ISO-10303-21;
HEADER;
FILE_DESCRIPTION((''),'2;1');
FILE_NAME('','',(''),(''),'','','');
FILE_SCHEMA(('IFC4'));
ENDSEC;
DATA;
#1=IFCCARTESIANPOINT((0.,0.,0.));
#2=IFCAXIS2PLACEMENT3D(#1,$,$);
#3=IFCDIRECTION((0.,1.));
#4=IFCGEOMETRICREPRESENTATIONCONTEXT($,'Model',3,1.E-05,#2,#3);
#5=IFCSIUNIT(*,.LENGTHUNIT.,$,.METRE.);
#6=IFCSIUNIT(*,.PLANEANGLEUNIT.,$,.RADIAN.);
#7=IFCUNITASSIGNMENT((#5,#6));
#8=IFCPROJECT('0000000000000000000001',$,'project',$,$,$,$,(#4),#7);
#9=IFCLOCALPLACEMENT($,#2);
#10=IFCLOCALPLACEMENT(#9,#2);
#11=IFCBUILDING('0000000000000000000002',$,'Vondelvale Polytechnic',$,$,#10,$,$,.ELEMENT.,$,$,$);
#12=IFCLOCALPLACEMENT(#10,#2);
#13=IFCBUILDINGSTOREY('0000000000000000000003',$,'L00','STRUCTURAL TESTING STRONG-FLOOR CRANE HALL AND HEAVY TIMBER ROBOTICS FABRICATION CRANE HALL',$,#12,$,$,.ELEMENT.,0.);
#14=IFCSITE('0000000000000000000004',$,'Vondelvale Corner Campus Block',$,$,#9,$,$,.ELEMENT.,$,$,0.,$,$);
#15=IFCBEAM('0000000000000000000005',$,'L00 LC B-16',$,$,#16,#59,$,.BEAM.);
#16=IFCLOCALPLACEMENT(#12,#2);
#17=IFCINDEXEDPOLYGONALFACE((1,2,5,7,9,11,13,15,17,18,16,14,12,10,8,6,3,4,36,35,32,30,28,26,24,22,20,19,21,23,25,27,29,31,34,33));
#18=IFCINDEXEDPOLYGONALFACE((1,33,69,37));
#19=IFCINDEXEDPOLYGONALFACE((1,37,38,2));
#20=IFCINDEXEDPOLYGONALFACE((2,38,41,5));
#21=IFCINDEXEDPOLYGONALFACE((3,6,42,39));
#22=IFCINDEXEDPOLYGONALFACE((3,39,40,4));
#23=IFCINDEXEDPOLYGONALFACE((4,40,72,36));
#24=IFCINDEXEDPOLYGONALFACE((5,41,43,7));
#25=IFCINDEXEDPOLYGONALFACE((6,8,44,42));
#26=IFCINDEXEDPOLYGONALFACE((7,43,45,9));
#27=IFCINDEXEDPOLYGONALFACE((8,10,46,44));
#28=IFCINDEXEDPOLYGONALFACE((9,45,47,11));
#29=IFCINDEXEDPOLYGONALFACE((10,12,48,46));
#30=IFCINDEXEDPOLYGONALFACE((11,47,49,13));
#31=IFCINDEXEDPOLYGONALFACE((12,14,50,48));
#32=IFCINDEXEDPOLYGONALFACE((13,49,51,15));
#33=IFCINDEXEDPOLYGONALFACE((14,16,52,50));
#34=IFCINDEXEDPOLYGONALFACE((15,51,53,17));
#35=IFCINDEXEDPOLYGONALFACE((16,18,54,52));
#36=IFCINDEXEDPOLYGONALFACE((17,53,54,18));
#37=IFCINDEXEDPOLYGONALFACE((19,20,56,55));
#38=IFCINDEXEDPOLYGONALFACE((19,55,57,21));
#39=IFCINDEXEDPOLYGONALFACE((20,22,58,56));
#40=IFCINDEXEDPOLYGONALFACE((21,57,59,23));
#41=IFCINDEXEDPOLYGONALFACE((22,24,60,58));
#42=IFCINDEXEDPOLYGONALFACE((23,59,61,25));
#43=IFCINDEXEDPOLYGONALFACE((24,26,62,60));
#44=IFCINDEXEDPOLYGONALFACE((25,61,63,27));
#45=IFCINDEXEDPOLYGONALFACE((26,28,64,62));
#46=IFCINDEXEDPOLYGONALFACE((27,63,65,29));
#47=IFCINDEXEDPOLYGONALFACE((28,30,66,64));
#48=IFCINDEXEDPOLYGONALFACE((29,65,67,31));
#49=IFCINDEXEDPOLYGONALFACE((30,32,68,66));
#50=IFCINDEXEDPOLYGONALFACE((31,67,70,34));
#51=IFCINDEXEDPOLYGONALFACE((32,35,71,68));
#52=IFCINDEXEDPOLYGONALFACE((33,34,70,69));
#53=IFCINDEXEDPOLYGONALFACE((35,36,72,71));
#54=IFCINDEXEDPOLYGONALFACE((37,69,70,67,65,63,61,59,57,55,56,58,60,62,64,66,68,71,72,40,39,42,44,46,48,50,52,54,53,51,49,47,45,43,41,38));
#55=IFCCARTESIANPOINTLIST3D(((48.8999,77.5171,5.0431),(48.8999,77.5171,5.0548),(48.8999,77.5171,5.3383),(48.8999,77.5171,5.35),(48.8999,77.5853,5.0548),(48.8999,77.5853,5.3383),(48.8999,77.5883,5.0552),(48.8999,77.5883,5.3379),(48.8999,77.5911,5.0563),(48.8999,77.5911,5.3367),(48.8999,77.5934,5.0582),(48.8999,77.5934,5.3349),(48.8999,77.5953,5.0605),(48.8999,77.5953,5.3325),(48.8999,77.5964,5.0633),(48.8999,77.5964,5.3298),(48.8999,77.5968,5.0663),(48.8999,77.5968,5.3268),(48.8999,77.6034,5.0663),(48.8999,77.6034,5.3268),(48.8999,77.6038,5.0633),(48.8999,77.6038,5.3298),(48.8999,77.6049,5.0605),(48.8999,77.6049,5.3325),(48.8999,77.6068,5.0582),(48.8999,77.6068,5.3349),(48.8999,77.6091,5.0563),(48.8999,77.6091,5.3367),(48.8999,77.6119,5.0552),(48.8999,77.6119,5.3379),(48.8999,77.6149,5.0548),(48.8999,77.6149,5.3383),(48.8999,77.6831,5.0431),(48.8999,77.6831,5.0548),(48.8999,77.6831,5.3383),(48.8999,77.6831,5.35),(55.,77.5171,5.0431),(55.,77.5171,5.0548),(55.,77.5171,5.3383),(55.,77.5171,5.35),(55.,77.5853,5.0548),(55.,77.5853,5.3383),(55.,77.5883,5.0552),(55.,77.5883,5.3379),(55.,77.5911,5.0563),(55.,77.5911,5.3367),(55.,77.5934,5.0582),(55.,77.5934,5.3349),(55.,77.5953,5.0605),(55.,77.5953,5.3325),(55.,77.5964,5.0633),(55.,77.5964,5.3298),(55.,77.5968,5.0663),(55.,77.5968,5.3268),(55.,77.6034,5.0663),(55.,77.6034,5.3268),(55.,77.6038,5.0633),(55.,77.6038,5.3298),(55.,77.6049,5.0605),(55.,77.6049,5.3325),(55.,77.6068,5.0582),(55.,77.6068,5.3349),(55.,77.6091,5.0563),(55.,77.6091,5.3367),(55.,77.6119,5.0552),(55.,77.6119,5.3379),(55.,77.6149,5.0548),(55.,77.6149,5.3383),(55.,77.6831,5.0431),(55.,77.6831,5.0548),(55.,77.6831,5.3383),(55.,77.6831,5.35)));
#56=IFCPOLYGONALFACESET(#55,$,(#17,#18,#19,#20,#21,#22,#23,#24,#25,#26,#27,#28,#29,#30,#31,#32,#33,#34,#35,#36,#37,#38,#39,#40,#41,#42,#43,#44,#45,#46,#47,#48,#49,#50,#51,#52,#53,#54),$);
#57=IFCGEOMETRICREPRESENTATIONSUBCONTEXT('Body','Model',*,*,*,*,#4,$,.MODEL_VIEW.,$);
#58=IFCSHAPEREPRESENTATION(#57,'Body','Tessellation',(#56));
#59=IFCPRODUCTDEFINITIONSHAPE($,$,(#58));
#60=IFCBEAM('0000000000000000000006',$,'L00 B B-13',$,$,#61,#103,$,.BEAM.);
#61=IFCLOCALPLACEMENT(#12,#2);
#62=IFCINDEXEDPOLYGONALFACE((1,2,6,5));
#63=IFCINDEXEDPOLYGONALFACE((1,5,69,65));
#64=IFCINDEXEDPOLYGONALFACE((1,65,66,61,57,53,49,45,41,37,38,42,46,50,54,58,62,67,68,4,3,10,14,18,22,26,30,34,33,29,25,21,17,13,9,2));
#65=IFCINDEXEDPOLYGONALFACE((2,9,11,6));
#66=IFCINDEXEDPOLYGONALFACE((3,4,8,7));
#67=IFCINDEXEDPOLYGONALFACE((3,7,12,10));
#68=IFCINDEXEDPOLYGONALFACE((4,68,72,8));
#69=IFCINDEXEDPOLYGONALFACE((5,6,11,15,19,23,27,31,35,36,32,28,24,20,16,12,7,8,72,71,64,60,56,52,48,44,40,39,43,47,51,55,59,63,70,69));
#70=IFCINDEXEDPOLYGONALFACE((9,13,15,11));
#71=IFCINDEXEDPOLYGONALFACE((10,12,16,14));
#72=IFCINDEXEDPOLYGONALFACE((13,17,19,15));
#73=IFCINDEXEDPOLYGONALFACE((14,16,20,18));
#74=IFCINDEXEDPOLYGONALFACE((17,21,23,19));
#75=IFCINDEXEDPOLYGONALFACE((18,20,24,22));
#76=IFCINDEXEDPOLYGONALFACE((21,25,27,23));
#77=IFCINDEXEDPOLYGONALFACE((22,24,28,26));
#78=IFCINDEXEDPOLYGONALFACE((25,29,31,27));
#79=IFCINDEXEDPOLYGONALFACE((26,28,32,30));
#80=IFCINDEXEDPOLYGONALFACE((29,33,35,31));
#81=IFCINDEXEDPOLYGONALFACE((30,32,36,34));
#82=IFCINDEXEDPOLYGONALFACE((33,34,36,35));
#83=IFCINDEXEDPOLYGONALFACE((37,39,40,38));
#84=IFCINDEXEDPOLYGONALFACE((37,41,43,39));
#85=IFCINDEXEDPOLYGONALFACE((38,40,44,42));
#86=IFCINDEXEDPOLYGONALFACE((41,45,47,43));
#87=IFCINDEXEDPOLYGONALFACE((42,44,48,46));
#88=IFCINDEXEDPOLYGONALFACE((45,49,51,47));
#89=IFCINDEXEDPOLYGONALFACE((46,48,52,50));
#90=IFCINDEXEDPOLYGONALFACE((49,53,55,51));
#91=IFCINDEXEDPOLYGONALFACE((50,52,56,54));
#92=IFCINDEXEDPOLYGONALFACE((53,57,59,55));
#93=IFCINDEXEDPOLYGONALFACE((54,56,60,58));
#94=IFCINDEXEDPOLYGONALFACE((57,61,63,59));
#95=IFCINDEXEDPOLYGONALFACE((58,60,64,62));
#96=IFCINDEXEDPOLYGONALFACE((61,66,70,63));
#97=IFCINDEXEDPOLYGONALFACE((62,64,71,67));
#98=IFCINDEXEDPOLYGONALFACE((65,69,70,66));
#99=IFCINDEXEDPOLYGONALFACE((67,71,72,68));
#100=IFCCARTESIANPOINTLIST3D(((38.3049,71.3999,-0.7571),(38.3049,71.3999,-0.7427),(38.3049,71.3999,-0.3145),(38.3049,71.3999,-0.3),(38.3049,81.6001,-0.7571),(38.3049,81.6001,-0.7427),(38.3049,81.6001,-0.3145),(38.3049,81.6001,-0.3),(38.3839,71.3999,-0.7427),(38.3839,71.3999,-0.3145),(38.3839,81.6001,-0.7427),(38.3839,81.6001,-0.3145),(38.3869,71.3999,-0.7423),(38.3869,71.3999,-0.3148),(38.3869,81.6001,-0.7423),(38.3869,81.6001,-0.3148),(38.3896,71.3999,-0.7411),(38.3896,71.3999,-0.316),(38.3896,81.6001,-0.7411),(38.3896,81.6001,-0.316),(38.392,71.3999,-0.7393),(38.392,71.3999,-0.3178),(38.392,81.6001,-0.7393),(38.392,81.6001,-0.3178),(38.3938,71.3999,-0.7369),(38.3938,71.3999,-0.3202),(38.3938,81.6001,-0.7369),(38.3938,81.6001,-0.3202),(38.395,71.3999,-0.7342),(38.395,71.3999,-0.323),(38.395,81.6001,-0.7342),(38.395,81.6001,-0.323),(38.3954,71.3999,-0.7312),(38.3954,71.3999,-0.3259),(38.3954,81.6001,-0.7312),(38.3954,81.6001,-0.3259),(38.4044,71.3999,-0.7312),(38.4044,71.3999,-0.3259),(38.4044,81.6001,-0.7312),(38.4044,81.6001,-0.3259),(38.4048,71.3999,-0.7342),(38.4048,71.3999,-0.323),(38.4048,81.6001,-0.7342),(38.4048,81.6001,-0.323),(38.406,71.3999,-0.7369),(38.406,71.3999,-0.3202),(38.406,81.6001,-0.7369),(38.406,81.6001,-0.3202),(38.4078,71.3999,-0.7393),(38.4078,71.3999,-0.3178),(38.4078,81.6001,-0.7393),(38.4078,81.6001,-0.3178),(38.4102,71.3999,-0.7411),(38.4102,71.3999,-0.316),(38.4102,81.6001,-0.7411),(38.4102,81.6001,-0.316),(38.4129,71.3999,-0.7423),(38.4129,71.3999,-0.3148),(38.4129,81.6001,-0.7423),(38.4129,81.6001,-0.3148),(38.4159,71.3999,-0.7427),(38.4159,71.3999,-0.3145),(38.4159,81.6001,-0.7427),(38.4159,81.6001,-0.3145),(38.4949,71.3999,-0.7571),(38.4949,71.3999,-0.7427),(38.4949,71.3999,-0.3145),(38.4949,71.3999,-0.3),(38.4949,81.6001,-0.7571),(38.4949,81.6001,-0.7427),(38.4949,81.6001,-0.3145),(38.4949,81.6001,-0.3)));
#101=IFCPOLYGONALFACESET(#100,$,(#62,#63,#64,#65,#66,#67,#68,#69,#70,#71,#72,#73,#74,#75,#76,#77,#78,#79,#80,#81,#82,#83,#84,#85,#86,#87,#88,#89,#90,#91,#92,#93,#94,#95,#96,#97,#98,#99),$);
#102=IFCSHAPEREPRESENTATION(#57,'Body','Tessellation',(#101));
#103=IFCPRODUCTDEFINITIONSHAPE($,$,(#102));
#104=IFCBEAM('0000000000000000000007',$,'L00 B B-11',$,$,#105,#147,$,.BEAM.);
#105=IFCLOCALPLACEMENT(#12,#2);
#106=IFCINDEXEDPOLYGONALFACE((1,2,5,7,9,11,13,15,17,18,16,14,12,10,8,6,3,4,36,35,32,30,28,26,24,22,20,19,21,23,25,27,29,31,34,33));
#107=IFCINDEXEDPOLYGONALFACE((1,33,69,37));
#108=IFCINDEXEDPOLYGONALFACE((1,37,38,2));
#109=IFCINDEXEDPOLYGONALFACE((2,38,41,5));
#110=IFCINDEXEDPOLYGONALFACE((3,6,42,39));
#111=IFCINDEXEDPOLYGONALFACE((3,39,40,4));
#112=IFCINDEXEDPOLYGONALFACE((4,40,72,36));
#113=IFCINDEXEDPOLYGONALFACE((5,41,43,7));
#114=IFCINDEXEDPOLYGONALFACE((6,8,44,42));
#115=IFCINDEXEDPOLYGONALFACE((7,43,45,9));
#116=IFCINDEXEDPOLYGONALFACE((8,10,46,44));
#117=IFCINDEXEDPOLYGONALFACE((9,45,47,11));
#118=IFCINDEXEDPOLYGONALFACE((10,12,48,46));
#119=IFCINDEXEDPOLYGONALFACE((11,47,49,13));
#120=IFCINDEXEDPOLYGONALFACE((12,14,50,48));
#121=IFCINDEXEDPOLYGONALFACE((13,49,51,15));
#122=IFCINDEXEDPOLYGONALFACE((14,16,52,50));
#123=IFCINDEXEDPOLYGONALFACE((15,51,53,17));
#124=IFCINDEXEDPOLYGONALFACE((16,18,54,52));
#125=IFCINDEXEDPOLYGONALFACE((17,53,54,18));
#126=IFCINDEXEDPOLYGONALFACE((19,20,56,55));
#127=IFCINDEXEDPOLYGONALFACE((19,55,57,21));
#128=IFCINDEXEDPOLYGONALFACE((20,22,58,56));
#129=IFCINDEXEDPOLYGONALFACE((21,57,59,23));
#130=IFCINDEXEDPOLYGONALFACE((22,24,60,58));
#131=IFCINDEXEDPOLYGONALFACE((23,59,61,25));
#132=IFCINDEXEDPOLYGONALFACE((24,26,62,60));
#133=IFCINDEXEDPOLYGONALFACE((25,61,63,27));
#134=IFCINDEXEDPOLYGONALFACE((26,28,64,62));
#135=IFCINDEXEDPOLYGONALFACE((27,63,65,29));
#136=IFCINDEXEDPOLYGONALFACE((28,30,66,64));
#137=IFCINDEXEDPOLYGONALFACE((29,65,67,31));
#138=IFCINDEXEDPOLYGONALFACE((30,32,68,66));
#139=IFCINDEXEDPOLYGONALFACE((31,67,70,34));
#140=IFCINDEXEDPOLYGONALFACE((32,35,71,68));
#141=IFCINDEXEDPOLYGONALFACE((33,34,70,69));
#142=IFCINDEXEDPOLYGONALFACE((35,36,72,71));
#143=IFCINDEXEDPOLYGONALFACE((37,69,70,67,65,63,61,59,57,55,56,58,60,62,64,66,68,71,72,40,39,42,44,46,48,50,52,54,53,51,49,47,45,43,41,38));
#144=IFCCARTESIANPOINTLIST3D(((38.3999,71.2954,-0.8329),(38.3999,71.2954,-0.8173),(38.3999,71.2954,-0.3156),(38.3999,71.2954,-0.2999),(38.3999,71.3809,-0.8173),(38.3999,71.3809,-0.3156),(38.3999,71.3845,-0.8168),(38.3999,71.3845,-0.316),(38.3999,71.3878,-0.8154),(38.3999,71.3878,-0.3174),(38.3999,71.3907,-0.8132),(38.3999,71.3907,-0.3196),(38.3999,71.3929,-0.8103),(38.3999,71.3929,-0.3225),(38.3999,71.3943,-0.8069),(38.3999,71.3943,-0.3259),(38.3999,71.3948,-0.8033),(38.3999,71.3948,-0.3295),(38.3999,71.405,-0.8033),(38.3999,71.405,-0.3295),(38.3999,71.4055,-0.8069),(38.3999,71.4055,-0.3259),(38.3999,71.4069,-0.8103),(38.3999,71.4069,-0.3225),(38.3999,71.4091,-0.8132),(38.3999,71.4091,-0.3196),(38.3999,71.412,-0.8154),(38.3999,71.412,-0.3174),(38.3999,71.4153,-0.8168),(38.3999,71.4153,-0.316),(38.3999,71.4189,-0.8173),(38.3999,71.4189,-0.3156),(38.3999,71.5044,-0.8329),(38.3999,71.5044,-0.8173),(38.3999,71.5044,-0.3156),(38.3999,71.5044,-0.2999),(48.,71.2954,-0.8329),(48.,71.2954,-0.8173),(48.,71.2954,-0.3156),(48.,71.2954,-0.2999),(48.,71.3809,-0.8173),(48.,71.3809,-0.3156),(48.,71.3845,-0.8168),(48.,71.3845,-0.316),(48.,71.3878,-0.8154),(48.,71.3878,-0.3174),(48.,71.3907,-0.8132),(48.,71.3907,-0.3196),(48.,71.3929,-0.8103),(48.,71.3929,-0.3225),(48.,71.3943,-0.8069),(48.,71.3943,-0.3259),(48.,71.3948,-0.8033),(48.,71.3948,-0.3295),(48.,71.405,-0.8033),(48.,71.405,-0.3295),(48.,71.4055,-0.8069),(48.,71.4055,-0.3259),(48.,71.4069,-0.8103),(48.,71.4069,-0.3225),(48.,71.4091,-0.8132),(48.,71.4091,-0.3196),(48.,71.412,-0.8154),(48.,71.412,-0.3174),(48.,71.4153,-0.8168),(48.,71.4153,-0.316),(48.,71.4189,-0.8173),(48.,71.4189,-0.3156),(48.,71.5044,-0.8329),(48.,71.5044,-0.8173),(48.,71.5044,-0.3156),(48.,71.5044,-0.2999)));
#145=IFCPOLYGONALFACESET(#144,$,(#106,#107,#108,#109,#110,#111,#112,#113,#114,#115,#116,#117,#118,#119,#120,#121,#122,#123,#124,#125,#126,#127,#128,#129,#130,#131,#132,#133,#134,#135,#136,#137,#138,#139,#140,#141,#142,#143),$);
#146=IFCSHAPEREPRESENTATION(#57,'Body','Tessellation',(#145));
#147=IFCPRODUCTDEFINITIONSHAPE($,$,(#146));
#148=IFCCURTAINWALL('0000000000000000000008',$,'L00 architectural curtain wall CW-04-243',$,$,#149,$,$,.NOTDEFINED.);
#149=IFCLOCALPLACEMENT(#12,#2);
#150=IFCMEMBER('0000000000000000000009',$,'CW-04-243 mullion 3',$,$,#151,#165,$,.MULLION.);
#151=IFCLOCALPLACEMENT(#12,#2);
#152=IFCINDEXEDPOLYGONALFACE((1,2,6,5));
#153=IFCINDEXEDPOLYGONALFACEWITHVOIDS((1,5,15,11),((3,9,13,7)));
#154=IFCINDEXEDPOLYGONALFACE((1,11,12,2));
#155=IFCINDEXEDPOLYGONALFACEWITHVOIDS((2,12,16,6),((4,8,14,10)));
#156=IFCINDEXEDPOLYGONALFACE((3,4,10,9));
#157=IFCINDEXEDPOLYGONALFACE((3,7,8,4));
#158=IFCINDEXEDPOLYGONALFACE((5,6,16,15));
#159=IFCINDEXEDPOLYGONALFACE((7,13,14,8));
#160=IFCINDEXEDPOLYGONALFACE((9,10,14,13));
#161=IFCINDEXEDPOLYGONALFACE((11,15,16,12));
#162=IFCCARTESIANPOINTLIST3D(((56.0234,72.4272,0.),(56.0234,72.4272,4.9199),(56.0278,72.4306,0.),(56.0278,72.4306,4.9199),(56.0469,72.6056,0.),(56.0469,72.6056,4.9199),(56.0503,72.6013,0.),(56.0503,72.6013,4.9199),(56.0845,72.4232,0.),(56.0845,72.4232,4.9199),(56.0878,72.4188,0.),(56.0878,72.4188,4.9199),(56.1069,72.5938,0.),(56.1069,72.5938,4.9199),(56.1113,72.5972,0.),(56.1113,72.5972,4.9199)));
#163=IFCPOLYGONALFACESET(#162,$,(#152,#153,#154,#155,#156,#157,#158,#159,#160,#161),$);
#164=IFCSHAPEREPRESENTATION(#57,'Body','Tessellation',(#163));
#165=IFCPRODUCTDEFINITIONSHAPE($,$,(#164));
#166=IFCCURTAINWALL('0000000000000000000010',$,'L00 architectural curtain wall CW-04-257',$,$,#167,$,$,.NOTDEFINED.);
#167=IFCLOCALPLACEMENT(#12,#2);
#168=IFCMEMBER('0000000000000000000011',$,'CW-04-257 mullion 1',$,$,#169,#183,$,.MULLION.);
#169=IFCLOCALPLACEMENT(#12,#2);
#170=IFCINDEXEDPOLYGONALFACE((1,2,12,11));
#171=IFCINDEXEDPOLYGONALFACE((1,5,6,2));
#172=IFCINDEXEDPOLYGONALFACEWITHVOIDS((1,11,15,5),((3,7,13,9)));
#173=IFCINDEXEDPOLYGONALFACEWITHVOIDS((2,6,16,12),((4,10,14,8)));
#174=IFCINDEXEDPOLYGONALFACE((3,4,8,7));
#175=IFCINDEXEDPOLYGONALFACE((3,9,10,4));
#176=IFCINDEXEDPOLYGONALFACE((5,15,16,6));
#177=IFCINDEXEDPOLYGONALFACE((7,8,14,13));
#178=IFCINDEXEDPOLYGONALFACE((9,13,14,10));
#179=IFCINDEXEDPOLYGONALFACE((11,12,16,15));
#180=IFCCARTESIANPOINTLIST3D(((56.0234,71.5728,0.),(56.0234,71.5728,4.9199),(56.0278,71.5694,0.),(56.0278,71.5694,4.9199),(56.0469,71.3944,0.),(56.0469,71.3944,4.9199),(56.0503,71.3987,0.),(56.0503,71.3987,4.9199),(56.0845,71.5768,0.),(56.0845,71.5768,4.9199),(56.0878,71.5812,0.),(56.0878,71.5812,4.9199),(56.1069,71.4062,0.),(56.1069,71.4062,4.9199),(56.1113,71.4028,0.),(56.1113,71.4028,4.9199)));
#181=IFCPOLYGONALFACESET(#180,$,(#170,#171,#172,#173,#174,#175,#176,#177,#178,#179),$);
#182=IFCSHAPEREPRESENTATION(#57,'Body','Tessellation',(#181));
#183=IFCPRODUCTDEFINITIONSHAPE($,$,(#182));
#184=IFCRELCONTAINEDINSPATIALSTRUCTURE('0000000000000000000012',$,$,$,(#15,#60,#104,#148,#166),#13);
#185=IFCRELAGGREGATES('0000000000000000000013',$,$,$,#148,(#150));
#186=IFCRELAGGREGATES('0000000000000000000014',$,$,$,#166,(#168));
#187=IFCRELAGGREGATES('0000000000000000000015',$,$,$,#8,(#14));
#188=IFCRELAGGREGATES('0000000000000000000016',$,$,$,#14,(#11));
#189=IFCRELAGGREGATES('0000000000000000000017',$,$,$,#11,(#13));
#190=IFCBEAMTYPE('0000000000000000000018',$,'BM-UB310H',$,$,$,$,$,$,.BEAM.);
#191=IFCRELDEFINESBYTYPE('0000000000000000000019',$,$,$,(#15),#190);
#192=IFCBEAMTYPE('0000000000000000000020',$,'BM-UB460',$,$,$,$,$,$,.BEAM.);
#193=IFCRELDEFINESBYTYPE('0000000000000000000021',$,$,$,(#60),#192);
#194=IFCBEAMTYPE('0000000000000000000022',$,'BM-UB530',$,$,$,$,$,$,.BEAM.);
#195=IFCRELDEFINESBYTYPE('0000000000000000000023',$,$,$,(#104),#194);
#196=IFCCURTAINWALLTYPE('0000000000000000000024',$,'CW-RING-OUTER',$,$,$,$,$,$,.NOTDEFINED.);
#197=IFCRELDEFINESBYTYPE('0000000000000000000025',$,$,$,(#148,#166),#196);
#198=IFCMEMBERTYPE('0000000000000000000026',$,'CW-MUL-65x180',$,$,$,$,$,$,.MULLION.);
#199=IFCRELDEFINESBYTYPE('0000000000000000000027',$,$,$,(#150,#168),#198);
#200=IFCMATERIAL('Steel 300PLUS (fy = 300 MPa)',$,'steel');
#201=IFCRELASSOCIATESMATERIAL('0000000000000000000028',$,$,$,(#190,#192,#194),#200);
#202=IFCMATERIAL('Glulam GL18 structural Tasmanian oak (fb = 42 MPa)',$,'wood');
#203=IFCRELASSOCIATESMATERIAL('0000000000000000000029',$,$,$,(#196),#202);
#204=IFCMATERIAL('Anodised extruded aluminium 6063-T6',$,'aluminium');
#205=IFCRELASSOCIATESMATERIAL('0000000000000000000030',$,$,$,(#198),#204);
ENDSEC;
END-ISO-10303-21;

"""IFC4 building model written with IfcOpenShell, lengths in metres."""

from ifc_helpers import new_model, si_unit, direction, frame, origin, origin_2d, place, context, subcontext, project, spatial, hollow_rectangle, i_section, extrude, material, material_profile, profile_set, type_object, element, aggregate, save


model = new_model("IFC4")

# Units and contexts
model_context = context("Model", 3, precision=1e-05, world=origin(), true_north=direction((0.0, 1.0)))
body_context = subcontext(model_context, "Body", "Model", "MODEL_VIEW")
ifc_project = project(units=[si_unit("LENGTHUNIT", "METRE"), si_unit("PLANEANGLEUNIT", "RADIAN")], contexts=[model_context])

# Site, building, storey
site_placement = place(None, origin())
site = spatial("IfcSite", under=ifc_project, at=site_placement, Name="Vondelvale Corner Campus Block", CompositionType="ELEMENT", RefElevation=0.0)
building_placement = place(site_placement, origin())
building = spatial("IfcBuilding", under=site, at=building_placement, Name="Vondelvale Polytechnic", CompositionType="ELEMENT")
storey_placement = place(building_placement, origin())
storey = spatial("IfcBuildingStorey", under=building, at=storey_placement, Name="L00", Description="STRUCTURAL TESTING STRONG-FLOOR CRANE HALL AND HEAVY TIMBER ROBOTICS FABRICATION CRANE HALL", CompositionType="ELEMENT", Elevation=0.0)

# Shared definitions
ifc_material_1 = material(Name="Steel 300PLUS (fy = 300 MPa)", Category="steel")

# Beams
ifc_material_profile_1 = material_profile(ifc_material_1, i_section(OverallWidth=0.166, OverallDepth=0.3069, WebThickness=0.0066, FlangeThickness=0.0117, FilletRadius=0.0115, at=origin_2d()), Name="310UB46.2")
ifc_profile_set_1 = profile_set([ifc_material_profile_1], Name="Steel 300PLUS (fy = 300 MPa)")
beam_type_1 = type_object("IfcBeamType", Name="BM-UB310H", PredefinedType="BEAM", material=ifc_profile_set_1)
beam_1_placement = place(storey_placement, frame((48.8999, 77.6001, 5.1965), z_axis=(1.0, 0.0, 0.0), x_axis=(0.0, 1.0, 0.0)))
element("IfcBeam", 1, at=beam_1_placement, inside=storey, type_object=beam_type_1, Name="L00 LC B-16", PredefinedType="BEAM", context=body_context, shape_type="SweptSolid", body=[
    extrude(i_section(OverallWidth=0.166, OverallDepth=0.3069, WebThickness=0.0066, FlangeThickness=0.0117, FilletRadius=0.0115, at=origin_2d()), origin(), (0.0, 0.0, 1.0), 6.1001),
])
ifc_material_profile_2 = material_profile(ifc_material_1, i_section(OverallWidth=0.1899, OverallDepth=0.457, WebThickness=0.009, FlangeThickness=0.0144, FilletRadius=0.0115, at=origin_2d()), Name="460UB74.6")
ifc_profile_set_2 = profile_set([ifc_material_profile_2], Name="Steel 300PLUS (fy = 300 MPa)")
beam_type_2 = type_object("IfcBeamType", Name="BM-UB460", PredefinedType="BEAM", material=ifc_profile_set_2)
beam_2_placement = place(storey_placement, frame((38.3999, 71.3999, -0.5286), z_axis=(0.0, 1.0, 0.0), x_axis=(-1.0, 0.0, 0.0)))
element("IfcBeam", 2, at=beam_2_placement, inside=storey, type_object=beam_type_2, Name="L00 B B-13", PredefinedType="BEAM", context=body_context, shape_type="SweptSolid", body=[
    extrude(i_section(OverallWidth=0.1899, OverallDepth=0.457, WebThickness=0.009, FlangeThickness=0.0144, FilletRadius=0.0115, at=origin_2d()), origin(), (0.0, 0.0, 1.0), 10.2002),
])
ifc_material_profile_3 = material_profile(ifc_material_1, i_section(OverallWidth=0.209, OverallDepth=0.533, WebThickness=0.0103, FlangeThickness=0.0156, FilletRadius=0.0139, at=origin_2d()), Name="530UB92.4")
ifc_profile_set_3 = profile_set([ifc_material_profile_3], Name="Steel 300PLUS (fy = 300 MPa)")
beam_type_3 = type_object("IfcBeamType", Name="BM-UB530", PredefinedType="BEAM", material=ifc_profile_set_3)
beam_3_placement = place(storey_placement, frame((38.3999, 71.3999, -0.5664), z_axis=(1.0, 0.0, 0.0), x_axis=(0.0, 1.0, 0.0)))
element("IfcBeam", 3, at=beam_3_placement, inside=storey, type_object=beam_type_3, Name="L00 B B-11", PredefinedType="BEAM", context=body_context, shape_type="SweptSolid", body=[
    extrude(i_section(OverallWidth=0.209, OverallDepth=0.533, WebThickness=0.0103, FlangeThickness=0.0156, FilletRadius=0.0139, at=origin_2d()), origin(), (0.0, 0.0, 1.0), 9.6001),
])

# Curtain wall, member
ifc_material_2 = material(Name="Glulam GL18 structural Tasmanian oak (fb = 42 MPa)", Category="wood")
curtain_wall_type = type_object("IfcCurtainWallType", Name="CW-RING-OUTER", PredefinedType="NOTDEFINED", material=ifc_material_2)
curtain_wall_1_placement = place(storey_placement, origin())
curtain_wall_1 = element("IfcCurtainWall", 4, at=curtain_wall_1_placement, inside=storey, type_object=curtain_wall_type, Name="L00 architectural curtain wall CW-04-243", PredefinedType="NOTDEFINED")
ifc_material_3 = material(Name="Anodised extruded aluminium 6063-T6", Category="aluminium")
ifc_material_profile_4 = material_profile(ifc_material_3, hollow_rectangle(XDim=0.0649, YDim=0.1799, WallThickness=0.0039, at=origin_2d()), Name="CW-MUL-180x65")
ifc_profile_set_4 = profile_set([ifc_material_profile_4], Name="Anodised extruded aluminium 6063-T6")
member_type_1 = type_object("IfcMemberType", Name="CW-MUL-65x180", PredefinedType="MULLION", material=ifc_profile_set_4)
member_1_placement = place(storey_placement, frame((56.0674, 72.5122, 0.0), z_axis=(0.0, 0.0, 1.0), x_axis=(0.991445, -0.130524, 0.0)))
member_1 = element("IfcMember", 5, at=member_1_placement, type_object=member_type_1, Name="CW-04-243 mullion 3", PredefinedType="MULLION", context=body_context, shape_type="SweptSolid", body=[
    extrude(hollow_rectangle(XDim=0.0649, YDim=0.1799, WallThickness=0.0039, at=origin_2d()), origin(), (0.0, 0.0, 1.0), 4.9199),
])
aggregate(curtain_wall_1, [member_1])

# Curtain wall, member
curtain_wall_2_placement = place(storey_placement, origin())
curtain_wall_2 = element("IfcCurtainWall", 6, at=curtain_wall_2_placement, inside=storey, type_object=curtain_wall_type, Name="L00 architectural curtain wall CW-04-257", PredefinedType="NOTDEFINED")
member_2_placement = place(storey_placement, frame((56.0674, 71.4878, 0.0), z_axis=(0.0, 0.0, 1.0), x_axis=(0.991445, 0.130524, 0.0)))
member_2 = element("IfcMember", 7, at=member_2_placement, type_object=member_type_1, Name="CW-04-257 mullion 1", PredefinedType="MULLION", context=body_context, shape_type="SweptSolid", body=[
    extrude(hollow_rectangle(XDim=0.0649, YDim=0.1799, WallThickness=0.0039, at=origin_2d()), origin(), (0.0, 0.0, 1.0), 4.9199),
])
aggregate(curtain_wall_2, [member_2])

save(model, "model.ifc")
